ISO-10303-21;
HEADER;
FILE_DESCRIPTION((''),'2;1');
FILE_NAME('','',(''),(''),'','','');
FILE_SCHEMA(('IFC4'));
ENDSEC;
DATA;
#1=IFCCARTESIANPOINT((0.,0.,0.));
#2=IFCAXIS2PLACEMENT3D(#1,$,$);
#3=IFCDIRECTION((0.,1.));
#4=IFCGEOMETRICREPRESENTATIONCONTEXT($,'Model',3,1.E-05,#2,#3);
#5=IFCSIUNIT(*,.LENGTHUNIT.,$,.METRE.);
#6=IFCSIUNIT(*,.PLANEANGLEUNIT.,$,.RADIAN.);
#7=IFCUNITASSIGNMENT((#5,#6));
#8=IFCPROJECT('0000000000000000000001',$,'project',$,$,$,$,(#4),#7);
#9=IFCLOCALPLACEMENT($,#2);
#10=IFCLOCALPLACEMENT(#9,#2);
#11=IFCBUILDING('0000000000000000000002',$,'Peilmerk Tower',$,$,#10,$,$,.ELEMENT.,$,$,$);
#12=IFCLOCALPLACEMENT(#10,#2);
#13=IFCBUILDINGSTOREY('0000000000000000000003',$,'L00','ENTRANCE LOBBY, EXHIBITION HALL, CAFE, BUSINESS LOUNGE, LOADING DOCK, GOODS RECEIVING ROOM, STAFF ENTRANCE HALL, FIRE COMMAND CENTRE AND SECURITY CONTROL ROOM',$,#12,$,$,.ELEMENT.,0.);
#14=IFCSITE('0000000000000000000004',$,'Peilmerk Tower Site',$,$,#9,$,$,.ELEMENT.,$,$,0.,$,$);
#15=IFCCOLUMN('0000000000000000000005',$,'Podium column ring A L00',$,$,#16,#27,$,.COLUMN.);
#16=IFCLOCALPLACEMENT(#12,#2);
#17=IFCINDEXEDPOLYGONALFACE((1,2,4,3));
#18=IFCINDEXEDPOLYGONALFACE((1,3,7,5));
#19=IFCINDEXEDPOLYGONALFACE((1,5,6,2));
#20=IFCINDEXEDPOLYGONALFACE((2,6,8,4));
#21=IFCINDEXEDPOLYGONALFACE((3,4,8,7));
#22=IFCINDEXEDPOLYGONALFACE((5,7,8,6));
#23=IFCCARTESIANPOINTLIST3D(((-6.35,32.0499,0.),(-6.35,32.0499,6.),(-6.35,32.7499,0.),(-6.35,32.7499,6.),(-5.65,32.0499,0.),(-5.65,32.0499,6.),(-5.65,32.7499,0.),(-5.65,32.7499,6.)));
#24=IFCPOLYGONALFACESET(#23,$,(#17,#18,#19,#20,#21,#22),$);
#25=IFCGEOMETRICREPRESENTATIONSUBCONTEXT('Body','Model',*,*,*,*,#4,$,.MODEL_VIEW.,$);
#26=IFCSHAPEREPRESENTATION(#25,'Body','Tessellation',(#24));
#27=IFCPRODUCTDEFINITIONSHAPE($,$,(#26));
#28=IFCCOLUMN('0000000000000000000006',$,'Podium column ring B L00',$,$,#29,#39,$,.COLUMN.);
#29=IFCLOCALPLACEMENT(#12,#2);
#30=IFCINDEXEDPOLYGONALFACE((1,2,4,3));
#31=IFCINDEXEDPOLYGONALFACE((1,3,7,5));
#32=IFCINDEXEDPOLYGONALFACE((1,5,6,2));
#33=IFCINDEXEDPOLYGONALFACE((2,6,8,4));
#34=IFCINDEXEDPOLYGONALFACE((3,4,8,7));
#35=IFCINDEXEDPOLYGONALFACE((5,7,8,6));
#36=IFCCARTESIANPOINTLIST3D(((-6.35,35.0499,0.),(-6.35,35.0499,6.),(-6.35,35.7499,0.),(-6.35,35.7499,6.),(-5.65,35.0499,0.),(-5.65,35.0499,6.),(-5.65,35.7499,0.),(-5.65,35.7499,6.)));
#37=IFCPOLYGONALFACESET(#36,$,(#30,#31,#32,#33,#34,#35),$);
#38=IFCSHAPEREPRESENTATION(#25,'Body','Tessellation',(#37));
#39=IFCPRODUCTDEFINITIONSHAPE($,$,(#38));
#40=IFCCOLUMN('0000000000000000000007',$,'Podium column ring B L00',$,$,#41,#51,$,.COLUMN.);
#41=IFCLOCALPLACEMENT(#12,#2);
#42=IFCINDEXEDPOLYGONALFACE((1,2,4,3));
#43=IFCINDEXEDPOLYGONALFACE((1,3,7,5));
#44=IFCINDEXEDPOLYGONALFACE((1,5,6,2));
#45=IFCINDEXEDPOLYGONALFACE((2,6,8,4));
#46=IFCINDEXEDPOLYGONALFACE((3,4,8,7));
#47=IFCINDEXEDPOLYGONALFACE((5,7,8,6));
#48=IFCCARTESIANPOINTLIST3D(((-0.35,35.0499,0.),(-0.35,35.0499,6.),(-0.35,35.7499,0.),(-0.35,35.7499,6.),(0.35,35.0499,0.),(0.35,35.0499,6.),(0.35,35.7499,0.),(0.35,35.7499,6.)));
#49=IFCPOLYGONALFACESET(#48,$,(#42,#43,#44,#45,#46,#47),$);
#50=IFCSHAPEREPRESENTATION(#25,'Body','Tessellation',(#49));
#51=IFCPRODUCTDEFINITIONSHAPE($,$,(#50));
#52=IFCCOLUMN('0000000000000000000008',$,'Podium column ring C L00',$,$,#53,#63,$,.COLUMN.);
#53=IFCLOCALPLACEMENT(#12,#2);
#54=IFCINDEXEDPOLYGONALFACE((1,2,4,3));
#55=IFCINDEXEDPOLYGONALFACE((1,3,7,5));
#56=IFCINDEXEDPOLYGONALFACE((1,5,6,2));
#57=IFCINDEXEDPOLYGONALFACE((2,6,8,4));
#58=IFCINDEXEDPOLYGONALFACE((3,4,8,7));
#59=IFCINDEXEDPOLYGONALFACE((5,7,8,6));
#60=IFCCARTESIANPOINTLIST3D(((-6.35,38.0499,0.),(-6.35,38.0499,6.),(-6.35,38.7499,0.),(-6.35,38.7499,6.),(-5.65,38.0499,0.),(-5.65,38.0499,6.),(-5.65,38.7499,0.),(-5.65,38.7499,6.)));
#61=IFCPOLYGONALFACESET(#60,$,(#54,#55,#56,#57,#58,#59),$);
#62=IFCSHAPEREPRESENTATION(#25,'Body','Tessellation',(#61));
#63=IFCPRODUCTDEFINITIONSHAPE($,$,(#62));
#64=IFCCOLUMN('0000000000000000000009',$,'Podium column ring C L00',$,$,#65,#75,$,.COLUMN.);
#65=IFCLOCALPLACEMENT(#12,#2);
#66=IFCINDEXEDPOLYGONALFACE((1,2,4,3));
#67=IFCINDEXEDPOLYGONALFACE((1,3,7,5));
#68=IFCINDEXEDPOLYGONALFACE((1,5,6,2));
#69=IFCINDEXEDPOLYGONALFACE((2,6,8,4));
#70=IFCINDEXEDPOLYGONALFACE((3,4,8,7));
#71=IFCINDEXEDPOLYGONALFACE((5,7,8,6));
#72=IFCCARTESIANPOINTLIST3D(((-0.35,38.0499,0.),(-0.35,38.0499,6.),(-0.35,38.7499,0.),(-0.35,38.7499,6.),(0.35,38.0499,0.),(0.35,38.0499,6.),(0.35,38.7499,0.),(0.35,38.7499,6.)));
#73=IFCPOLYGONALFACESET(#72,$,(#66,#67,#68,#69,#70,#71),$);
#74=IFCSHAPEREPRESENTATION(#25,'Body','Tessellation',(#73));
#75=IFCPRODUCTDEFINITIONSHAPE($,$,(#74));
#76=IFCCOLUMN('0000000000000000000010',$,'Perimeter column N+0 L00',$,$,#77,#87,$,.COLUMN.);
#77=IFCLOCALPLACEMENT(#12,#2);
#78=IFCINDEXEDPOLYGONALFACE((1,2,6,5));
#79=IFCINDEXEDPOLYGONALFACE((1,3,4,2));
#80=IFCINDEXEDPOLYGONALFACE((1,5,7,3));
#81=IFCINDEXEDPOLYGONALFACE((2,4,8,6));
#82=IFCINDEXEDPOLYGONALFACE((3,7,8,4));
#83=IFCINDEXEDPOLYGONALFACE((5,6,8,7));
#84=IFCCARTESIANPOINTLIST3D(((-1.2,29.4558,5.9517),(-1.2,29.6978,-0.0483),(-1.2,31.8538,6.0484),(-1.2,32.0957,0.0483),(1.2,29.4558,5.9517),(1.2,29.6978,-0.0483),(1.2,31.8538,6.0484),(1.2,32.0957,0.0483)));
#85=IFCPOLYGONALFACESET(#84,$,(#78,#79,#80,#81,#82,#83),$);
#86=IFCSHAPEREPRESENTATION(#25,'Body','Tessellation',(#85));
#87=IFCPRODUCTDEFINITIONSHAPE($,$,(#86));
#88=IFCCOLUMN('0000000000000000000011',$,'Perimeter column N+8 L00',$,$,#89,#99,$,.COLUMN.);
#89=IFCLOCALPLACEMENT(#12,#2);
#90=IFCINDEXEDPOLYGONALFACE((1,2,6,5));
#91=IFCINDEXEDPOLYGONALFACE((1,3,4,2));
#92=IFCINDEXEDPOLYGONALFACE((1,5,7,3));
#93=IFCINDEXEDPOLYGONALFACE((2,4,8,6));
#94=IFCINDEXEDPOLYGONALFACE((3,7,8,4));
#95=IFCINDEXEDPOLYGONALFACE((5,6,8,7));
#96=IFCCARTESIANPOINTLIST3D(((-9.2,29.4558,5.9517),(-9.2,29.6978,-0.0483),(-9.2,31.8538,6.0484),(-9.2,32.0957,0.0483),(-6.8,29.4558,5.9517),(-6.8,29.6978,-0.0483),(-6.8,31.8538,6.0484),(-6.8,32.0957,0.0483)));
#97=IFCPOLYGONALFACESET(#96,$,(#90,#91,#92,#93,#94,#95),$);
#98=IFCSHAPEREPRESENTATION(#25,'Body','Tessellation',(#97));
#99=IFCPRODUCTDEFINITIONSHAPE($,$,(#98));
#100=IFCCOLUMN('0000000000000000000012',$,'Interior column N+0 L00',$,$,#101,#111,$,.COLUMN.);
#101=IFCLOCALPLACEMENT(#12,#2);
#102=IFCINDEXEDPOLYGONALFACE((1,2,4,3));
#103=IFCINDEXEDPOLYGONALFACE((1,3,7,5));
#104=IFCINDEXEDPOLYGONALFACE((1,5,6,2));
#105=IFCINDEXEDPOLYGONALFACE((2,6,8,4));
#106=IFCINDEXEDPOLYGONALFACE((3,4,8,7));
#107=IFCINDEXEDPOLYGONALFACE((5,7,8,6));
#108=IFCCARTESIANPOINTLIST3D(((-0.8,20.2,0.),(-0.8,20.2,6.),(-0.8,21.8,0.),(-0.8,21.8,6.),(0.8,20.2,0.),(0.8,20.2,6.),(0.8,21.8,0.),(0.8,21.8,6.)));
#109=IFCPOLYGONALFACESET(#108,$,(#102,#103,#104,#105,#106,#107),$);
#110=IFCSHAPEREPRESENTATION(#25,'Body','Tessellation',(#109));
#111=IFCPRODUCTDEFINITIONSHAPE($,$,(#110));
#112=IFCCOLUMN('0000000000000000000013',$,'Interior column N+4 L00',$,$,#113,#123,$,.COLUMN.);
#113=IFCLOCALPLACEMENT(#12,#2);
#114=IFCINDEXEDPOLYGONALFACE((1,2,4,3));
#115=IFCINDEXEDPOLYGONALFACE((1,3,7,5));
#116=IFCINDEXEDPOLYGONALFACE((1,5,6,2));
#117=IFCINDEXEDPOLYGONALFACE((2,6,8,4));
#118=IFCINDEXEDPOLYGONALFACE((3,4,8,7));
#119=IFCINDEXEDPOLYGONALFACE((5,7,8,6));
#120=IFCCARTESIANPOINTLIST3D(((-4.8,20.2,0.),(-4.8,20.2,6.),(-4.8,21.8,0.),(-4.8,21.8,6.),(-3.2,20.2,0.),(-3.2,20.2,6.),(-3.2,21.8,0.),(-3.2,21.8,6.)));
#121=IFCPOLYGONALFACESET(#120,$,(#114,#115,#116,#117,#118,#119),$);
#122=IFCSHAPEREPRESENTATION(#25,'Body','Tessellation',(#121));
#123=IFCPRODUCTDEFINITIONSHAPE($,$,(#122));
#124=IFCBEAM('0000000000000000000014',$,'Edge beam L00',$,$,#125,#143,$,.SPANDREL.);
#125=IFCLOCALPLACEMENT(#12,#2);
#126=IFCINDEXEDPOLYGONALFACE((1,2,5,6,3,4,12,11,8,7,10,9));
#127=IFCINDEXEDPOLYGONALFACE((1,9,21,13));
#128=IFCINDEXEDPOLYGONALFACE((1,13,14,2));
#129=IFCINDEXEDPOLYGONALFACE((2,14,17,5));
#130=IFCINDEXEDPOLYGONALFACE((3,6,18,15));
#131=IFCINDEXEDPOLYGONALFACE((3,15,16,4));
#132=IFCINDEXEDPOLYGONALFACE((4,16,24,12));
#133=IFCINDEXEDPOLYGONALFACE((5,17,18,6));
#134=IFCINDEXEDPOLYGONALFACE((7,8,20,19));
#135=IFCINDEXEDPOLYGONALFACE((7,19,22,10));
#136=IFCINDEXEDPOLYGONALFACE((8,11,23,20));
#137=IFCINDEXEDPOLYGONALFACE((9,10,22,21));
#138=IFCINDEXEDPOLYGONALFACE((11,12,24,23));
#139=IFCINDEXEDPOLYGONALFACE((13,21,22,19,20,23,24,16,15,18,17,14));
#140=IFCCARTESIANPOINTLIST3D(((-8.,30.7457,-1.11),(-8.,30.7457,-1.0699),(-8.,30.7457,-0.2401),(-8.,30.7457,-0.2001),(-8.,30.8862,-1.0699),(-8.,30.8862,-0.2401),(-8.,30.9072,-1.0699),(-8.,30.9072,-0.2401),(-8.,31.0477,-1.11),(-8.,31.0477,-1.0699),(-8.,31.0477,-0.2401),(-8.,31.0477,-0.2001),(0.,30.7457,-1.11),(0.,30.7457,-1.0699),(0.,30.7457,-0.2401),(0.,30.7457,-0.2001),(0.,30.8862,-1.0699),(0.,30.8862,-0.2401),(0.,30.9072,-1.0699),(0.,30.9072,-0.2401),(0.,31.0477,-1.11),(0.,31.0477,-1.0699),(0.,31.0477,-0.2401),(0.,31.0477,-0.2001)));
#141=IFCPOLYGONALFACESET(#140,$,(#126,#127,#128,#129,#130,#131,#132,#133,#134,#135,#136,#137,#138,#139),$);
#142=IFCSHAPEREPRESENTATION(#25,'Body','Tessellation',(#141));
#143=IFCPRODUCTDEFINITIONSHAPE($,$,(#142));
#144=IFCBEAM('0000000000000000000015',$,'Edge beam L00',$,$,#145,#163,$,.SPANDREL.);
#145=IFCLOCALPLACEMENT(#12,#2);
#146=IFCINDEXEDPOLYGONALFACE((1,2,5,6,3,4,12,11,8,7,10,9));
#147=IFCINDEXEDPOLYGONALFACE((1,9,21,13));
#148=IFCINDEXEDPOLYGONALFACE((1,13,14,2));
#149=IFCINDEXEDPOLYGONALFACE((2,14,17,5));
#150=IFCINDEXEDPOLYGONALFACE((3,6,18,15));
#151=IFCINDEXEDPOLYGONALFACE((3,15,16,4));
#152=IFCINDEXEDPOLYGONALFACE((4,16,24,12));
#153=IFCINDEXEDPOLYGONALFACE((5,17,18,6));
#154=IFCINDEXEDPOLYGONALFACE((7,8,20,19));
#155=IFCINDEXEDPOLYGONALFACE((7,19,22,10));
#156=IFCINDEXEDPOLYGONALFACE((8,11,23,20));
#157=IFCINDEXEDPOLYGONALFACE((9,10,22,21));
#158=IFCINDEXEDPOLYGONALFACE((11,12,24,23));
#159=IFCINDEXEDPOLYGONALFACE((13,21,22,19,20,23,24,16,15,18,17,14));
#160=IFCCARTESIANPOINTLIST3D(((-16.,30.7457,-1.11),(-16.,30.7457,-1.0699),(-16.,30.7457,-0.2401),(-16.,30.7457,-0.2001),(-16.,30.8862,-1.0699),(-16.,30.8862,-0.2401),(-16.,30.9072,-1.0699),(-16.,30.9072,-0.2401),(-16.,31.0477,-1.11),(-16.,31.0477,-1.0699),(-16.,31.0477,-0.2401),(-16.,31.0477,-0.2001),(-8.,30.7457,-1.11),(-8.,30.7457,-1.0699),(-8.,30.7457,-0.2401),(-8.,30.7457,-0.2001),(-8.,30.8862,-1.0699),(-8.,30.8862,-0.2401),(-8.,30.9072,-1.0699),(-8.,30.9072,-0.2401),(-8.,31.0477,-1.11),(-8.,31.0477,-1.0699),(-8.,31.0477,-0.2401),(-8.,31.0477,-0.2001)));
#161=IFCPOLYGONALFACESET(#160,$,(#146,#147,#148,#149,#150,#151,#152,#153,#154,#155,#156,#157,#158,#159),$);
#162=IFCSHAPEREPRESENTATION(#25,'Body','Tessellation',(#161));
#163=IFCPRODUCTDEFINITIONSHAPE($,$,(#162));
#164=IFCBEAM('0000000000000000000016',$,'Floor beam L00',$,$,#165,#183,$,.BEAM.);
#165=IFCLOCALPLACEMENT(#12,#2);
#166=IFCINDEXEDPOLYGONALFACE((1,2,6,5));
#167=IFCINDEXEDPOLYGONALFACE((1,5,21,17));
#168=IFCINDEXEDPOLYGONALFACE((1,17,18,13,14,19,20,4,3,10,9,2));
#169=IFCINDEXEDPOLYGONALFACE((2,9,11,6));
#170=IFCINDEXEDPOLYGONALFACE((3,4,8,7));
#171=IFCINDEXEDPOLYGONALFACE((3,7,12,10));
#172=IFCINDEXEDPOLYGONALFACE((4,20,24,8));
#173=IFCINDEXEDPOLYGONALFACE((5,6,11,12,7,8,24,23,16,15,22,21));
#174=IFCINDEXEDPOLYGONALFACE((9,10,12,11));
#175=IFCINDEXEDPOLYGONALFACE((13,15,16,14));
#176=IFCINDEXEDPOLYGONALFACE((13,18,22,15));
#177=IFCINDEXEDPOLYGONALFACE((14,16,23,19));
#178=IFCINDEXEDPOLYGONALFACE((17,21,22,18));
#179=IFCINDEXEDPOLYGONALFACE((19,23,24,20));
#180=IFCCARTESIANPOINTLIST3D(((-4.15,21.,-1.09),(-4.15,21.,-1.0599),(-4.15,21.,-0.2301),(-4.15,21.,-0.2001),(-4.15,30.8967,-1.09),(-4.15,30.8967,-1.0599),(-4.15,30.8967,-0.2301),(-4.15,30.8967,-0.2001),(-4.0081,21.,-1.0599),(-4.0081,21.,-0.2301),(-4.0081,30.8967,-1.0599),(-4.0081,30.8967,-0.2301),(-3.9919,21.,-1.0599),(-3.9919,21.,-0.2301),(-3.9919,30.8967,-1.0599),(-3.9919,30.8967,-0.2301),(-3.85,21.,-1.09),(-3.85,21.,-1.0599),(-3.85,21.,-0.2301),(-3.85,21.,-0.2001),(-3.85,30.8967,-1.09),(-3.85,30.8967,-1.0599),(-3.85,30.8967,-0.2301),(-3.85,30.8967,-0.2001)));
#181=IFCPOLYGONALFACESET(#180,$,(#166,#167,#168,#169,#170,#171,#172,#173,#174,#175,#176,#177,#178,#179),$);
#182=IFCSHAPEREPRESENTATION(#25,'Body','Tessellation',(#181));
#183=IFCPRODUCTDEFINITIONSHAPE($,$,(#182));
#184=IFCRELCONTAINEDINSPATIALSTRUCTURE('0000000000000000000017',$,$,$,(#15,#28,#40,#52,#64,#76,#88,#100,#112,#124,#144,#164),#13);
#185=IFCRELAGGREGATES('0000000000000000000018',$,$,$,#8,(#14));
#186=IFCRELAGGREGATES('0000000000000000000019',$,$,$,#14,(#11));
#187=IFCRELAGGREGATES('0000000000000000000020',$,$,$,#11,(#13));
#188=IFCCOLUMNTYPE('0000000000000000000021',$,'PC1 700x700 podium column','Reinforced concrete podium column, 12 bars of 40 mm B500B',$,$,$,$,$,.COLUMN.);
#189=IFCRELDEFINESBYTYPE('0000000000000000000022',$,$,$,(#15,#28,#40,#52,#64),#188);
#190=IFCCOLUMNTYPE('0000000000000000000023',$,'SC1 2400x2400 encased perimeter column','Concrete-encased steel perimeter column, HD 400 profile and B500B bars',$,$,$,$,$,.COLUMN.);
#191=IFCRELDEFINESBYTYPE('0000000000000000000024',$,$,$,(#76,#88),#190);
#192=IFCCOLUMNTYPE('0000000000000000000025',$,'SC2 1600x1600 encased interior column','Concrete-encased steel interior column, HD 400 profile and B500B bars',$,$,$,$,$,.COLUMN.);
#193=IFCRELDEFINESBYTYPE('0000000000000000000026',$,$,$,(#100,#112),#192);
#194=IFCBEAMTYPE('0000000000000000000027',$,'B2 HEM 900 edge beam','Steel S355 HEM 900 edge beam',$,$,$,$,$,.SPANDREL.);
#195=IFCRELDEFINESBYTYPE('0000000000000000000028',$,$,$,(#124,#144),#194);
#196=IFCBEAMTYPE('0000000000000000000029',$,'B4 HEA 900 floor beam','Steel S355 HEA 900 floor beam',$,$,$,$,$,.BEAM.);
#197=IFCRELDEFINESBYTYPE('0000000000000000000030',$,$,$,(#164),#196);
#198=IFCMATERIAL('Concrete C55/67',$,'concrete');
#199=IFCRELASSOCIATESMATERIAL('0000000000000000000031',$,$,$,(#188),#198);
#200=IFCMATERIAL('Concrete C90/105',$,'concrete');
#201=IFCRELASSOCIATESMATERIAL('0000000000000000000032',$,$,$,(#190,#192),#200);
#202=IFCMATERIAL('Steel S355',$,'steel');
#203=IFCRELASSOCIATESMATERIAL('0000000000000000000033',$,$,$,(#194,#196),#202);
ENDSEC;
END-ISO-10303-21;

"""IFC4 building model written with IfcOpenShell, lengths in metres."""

from ifc_helpers import new_model, si_unit, direction, frame, origin, origin_2d, place, context, subcontext, project, spatial, rectangle, i_section, extrude, material, material_profile, profile_set, type_object, element, save


model = new_model("IFC4")

# Units and contexts
model_context = context("Model", 3, precision=1e-05, world=origin(), true_north=direction((0.0, 1.0)))
body_context = subcontext(model_context, "Body", "Model", "MODEL_VIEW")
ifc_project = project(units=[si_unit("LENGTHUNIT", "METRE"), si_unit("PLANEANGLEUNIT", "RADIAN")], contexts=[model_context])

# Site, building, storey
site_placement = place(None, origin())
site = spatial("IfcSite", under=ifc_project, at=site_placement, Name="Peilmerk Tower Site", CompositionType="ELEMENT", RefElevation=0.0)
building_placement = place(site_placement, origin())
building = spatial("IfcBuilding", under=site, at=building_placement, Name="Peilmerk Tower", CompositionType="ELEMENT")
storey_placement = place(building_placement, origin())
storey = spatial("IfcBuildingStorey", under=building, at=storey_placement, Name="L00", Description="ENTRANCE LOBBY, EXHIBITION HALL, CAFE, BUSINESS LOUNGE, LOADING DOCK, GOODS RECEIVING ROOM, STAFF ENTRANCE HALL, FIRE COMMAND CENTRE AND SECURITY CONTROL ROOM", CompositionType="ELEMENT", Elevation=0.0)

# Columns
ifc_material_1 = material(Name="Concrete C55/67", Category="concrete")
ifc_material_profile_1 = material_profile(ifc_material_1, rectangle(XDim=0.7, YDim=0.7, at=origin_2d()), Name="RC 700x700")
ifc_profile_set_1 = profile_set([ifc_material_profile_1], Name="Concrete C55/67")
column_type_1 = type_object("IfcColumnType", Name="PC1 700x700 podium column", Description="Reinforced concrete podium column, 12 bars of 40 mm B500B", PredefinedType="COLUMN", material=ifc_profile_set_1)
for number, where, z_axis, x_axis, name in (
    (1, (-6.0, 32.3999, 0.0), (0.0, 0.0, 1.0), (1.0, 0.0, 0.0), "Podium column ring A L00"),
    (2, (-6.0, 35.3999, 0.0), (0.0, 0.0, 1.0), (1.0, 0.0, 0.0), "Podium column ring B L00"),
    (3, (0.0, 35.3999, 0.0), (0.0, 0.0, 1.0), (1.0, 0.0, 0.0), "Podium column ring B L00"),
    (4, (-6.0, 38.3999, 0.0), (0.0, 0.0, 1.0), (1.0, 0.0, 0.0), "Podium column ring C L00"),
    (5, (0.0, 38.3999, 0.0), (0.0, 0.0, 1.0), (1.0, 0.0, 0.0), "Podium column ring C L00"),
):
    element("IfcColumn", number, at=place(storey_placement, frame(where, z_axis=z_axis, x_axis=x_axis)), inside=storey, type_object=column_type_1, Name=name, PredefinedType="COLUMN", context=body_context, shape_type="SweptSolid", body=[
        extrude(rectangle(XDim=0.7, YDim=0.7, at=origin_2d()), origin(), (0.0, 0.0, 1.0), 6.0),
    ])
ifc_material_2 = material(Name="Concrete C90/105", Category="concrete")
ifc_material_profile_2 = material_profile(ifc_material_2, rectangle(XDim=2.3999, YDim=2.3999, at=origin_2d()), Name="RC 2400x2400")
ifc_profile_set_2 = profile_set([ifc_material_profile_2], Name="Concrete C90/105")
column_type_2 = type_object("IfcColumnType", Name="SC1 2400x2400 encased perimeter column", Description="Concrete-encased steel perimeter column, HD 400 profile and B500B bars", PredefinedType="COLUMN", material=ifc_profile_set_2)
for number, where, z_axis, x_axis, name in (
    (6, (0.0, 30.8967, 0.0), (0.0, -0.040291, 0.999188), (1.0, 0.0, 0.0), "Perimeter column N+0 L00"),
    (7, (-8.0, 30.8967, 0.0), (0.0, -0.040291, 0.999188), (1.0, 0.0, 0.0), "Perimeter column N+8 L00"),
):
    element("IfcColumn", number, at=place(storey_placement, frame(where, z_axis=z_axis, x_axis=x_axis)), inside=storey, type_object=column_type_2, Name=name, PredefinedType="COLUMN", context=body_context, shape_type="SweptSolid", body=[
        extrude(rectangle(XDim=2.3999, YDim=2.3999, at=origin_2d()), origin(), (0.0, 0.0, 1.0), 6.0049),
    ])
ifc_material_profile_3 = material_profile(ifc_material_2, rectangle(XDim=1.6001, YDim=1.6001, at=origin_2d()), Name="RC 1600x1600")
ifc_profile_set_3 = profile_set([ifc_material_profile_3], Name="Concrete C90/105")
column_type_3 = type_object("IfcColumnType", Name="SC2 1600x1600 encased interior column", Description="Concrete-encased steel interior column, HD 400 profile and B500B bars", PredefinedType="COLUMN", material=ifc_profile_set_3)
for number, where, z_axis, x_axis, name in (
    (8, (0.0, 21.0, 0.0), (0.0, 0.0, 1.0), (1.0, 0.0, 0.0), "Interior column N+0 L00"),
    (9, (-4.0, 21.0, 0.0), (0.0, 0.0, 1.0), (1.0, 0.0, 0.0), "Interior column N+4 L00"),
):
    element("IfcColumn", number, at=place(storey_placement, frame(where, z_axis=z_axis, x_axis=x_axis)), inside=storey, type_object=column_type_3, Name=name, PredefinedType="COLUMN", context=body_context, shape_type="SweptSolid", body=[
        extrude(rectangle(XDim=1.6001, YDim=1.6001, at=origin_2d()), origin(), (0.0, 0.0, 1.0), 6.0),
    ])

# Beams
ifc_material_3 = material(Name="Steel S355", Category="steel")
ifc_material_profile_4 = material_profile(ifc_material_3, i_section(OverallWidth=0.302, OverallDepth=0.9099, WebThickness=0.021, FlangeThickness=0.04, at=origin_2d()), Name="HEM 900")
ifc_profile_set_4 = profile_set([ifc_material_profile_4], Name="Steel S355")
beam_type_1 = type_object("IfcBeamType", Name="B2 HEM 900 edge beam", Description="Steel S355 HEM 900 edge beam", PredefinedType="SPANDREL", material=ifc_profile_set_4)
for number, where, z_axis, x_axis, name in (
    (10, (0.0, 30.8967, -0.655), (-1.0, 0.0, 0.0), (0.0, -1.0, 0.0), "Edge beam L00"),
    (11, (-8.0, 30.8967, -0.655), (-1.0, 0.0, 0.0), (0.0, -1.0, 0.0), "Edge beam L00"),
):
    element("IfcBeam", number, at=place(storey_placement, frame(where, z_axis=z_axis, x_axis=x_axis)), inside=storey, type_object=beam_type_1, Name=name, PredefinedType="SPANDREL", context=body_context, shape_type="SweptSolid", body=[
        extrude(i_section(OverallWidth=0.302, OverallDepth=0.9099, WebThickness=0.021, FlangeThickness=0.04, at=origin_2d()), origin(), (0.0, 0.0, 1.0), 8.0),
    ])
ifc_material_profile_5 = material_profile(ifc_material_3, i_section(OverallWidth=0.3, OverallDepth=0.8899, WebThickness=0.0161, FlangeThickness=0.03, at=origin_2d()), Name="HEA 900")
ifc_profile_set_5 = profile_set([ifc_material_profile_5], Name="Steel S355")
beam_type_2 = type_object("IfcBeamType", Name="B4 HEA 900 floor beam", Description="Steel S355 HEA 900 floor beam", PredefinedType="BEAM", material=ifc_profile_set_5)
beam_1_placement = place(storey_placement, frame((-4.0, 21.0, -0.645), z_axis=(0.0, 1.0, 0.0), x_axis=(-1.0, 0.0, 0.0)))
element("IfcBeam", 12, at=beam_1_placement, inside=storey, type_object=beam_type_2, Name="Floor beam L00", PredefinedType="BEAM", context=body_context, shape_type="SweptSolid", body=[
    extrude(i_section(OverallWidth=0.3, OverallDepth=0.8899, WebThickness=0.0161, FlangeThickness=0.03, at=origin_2d()), origin(), (0.0, 0.0, 1.0), 9.8967),
])

save(model, "model.ifc")
